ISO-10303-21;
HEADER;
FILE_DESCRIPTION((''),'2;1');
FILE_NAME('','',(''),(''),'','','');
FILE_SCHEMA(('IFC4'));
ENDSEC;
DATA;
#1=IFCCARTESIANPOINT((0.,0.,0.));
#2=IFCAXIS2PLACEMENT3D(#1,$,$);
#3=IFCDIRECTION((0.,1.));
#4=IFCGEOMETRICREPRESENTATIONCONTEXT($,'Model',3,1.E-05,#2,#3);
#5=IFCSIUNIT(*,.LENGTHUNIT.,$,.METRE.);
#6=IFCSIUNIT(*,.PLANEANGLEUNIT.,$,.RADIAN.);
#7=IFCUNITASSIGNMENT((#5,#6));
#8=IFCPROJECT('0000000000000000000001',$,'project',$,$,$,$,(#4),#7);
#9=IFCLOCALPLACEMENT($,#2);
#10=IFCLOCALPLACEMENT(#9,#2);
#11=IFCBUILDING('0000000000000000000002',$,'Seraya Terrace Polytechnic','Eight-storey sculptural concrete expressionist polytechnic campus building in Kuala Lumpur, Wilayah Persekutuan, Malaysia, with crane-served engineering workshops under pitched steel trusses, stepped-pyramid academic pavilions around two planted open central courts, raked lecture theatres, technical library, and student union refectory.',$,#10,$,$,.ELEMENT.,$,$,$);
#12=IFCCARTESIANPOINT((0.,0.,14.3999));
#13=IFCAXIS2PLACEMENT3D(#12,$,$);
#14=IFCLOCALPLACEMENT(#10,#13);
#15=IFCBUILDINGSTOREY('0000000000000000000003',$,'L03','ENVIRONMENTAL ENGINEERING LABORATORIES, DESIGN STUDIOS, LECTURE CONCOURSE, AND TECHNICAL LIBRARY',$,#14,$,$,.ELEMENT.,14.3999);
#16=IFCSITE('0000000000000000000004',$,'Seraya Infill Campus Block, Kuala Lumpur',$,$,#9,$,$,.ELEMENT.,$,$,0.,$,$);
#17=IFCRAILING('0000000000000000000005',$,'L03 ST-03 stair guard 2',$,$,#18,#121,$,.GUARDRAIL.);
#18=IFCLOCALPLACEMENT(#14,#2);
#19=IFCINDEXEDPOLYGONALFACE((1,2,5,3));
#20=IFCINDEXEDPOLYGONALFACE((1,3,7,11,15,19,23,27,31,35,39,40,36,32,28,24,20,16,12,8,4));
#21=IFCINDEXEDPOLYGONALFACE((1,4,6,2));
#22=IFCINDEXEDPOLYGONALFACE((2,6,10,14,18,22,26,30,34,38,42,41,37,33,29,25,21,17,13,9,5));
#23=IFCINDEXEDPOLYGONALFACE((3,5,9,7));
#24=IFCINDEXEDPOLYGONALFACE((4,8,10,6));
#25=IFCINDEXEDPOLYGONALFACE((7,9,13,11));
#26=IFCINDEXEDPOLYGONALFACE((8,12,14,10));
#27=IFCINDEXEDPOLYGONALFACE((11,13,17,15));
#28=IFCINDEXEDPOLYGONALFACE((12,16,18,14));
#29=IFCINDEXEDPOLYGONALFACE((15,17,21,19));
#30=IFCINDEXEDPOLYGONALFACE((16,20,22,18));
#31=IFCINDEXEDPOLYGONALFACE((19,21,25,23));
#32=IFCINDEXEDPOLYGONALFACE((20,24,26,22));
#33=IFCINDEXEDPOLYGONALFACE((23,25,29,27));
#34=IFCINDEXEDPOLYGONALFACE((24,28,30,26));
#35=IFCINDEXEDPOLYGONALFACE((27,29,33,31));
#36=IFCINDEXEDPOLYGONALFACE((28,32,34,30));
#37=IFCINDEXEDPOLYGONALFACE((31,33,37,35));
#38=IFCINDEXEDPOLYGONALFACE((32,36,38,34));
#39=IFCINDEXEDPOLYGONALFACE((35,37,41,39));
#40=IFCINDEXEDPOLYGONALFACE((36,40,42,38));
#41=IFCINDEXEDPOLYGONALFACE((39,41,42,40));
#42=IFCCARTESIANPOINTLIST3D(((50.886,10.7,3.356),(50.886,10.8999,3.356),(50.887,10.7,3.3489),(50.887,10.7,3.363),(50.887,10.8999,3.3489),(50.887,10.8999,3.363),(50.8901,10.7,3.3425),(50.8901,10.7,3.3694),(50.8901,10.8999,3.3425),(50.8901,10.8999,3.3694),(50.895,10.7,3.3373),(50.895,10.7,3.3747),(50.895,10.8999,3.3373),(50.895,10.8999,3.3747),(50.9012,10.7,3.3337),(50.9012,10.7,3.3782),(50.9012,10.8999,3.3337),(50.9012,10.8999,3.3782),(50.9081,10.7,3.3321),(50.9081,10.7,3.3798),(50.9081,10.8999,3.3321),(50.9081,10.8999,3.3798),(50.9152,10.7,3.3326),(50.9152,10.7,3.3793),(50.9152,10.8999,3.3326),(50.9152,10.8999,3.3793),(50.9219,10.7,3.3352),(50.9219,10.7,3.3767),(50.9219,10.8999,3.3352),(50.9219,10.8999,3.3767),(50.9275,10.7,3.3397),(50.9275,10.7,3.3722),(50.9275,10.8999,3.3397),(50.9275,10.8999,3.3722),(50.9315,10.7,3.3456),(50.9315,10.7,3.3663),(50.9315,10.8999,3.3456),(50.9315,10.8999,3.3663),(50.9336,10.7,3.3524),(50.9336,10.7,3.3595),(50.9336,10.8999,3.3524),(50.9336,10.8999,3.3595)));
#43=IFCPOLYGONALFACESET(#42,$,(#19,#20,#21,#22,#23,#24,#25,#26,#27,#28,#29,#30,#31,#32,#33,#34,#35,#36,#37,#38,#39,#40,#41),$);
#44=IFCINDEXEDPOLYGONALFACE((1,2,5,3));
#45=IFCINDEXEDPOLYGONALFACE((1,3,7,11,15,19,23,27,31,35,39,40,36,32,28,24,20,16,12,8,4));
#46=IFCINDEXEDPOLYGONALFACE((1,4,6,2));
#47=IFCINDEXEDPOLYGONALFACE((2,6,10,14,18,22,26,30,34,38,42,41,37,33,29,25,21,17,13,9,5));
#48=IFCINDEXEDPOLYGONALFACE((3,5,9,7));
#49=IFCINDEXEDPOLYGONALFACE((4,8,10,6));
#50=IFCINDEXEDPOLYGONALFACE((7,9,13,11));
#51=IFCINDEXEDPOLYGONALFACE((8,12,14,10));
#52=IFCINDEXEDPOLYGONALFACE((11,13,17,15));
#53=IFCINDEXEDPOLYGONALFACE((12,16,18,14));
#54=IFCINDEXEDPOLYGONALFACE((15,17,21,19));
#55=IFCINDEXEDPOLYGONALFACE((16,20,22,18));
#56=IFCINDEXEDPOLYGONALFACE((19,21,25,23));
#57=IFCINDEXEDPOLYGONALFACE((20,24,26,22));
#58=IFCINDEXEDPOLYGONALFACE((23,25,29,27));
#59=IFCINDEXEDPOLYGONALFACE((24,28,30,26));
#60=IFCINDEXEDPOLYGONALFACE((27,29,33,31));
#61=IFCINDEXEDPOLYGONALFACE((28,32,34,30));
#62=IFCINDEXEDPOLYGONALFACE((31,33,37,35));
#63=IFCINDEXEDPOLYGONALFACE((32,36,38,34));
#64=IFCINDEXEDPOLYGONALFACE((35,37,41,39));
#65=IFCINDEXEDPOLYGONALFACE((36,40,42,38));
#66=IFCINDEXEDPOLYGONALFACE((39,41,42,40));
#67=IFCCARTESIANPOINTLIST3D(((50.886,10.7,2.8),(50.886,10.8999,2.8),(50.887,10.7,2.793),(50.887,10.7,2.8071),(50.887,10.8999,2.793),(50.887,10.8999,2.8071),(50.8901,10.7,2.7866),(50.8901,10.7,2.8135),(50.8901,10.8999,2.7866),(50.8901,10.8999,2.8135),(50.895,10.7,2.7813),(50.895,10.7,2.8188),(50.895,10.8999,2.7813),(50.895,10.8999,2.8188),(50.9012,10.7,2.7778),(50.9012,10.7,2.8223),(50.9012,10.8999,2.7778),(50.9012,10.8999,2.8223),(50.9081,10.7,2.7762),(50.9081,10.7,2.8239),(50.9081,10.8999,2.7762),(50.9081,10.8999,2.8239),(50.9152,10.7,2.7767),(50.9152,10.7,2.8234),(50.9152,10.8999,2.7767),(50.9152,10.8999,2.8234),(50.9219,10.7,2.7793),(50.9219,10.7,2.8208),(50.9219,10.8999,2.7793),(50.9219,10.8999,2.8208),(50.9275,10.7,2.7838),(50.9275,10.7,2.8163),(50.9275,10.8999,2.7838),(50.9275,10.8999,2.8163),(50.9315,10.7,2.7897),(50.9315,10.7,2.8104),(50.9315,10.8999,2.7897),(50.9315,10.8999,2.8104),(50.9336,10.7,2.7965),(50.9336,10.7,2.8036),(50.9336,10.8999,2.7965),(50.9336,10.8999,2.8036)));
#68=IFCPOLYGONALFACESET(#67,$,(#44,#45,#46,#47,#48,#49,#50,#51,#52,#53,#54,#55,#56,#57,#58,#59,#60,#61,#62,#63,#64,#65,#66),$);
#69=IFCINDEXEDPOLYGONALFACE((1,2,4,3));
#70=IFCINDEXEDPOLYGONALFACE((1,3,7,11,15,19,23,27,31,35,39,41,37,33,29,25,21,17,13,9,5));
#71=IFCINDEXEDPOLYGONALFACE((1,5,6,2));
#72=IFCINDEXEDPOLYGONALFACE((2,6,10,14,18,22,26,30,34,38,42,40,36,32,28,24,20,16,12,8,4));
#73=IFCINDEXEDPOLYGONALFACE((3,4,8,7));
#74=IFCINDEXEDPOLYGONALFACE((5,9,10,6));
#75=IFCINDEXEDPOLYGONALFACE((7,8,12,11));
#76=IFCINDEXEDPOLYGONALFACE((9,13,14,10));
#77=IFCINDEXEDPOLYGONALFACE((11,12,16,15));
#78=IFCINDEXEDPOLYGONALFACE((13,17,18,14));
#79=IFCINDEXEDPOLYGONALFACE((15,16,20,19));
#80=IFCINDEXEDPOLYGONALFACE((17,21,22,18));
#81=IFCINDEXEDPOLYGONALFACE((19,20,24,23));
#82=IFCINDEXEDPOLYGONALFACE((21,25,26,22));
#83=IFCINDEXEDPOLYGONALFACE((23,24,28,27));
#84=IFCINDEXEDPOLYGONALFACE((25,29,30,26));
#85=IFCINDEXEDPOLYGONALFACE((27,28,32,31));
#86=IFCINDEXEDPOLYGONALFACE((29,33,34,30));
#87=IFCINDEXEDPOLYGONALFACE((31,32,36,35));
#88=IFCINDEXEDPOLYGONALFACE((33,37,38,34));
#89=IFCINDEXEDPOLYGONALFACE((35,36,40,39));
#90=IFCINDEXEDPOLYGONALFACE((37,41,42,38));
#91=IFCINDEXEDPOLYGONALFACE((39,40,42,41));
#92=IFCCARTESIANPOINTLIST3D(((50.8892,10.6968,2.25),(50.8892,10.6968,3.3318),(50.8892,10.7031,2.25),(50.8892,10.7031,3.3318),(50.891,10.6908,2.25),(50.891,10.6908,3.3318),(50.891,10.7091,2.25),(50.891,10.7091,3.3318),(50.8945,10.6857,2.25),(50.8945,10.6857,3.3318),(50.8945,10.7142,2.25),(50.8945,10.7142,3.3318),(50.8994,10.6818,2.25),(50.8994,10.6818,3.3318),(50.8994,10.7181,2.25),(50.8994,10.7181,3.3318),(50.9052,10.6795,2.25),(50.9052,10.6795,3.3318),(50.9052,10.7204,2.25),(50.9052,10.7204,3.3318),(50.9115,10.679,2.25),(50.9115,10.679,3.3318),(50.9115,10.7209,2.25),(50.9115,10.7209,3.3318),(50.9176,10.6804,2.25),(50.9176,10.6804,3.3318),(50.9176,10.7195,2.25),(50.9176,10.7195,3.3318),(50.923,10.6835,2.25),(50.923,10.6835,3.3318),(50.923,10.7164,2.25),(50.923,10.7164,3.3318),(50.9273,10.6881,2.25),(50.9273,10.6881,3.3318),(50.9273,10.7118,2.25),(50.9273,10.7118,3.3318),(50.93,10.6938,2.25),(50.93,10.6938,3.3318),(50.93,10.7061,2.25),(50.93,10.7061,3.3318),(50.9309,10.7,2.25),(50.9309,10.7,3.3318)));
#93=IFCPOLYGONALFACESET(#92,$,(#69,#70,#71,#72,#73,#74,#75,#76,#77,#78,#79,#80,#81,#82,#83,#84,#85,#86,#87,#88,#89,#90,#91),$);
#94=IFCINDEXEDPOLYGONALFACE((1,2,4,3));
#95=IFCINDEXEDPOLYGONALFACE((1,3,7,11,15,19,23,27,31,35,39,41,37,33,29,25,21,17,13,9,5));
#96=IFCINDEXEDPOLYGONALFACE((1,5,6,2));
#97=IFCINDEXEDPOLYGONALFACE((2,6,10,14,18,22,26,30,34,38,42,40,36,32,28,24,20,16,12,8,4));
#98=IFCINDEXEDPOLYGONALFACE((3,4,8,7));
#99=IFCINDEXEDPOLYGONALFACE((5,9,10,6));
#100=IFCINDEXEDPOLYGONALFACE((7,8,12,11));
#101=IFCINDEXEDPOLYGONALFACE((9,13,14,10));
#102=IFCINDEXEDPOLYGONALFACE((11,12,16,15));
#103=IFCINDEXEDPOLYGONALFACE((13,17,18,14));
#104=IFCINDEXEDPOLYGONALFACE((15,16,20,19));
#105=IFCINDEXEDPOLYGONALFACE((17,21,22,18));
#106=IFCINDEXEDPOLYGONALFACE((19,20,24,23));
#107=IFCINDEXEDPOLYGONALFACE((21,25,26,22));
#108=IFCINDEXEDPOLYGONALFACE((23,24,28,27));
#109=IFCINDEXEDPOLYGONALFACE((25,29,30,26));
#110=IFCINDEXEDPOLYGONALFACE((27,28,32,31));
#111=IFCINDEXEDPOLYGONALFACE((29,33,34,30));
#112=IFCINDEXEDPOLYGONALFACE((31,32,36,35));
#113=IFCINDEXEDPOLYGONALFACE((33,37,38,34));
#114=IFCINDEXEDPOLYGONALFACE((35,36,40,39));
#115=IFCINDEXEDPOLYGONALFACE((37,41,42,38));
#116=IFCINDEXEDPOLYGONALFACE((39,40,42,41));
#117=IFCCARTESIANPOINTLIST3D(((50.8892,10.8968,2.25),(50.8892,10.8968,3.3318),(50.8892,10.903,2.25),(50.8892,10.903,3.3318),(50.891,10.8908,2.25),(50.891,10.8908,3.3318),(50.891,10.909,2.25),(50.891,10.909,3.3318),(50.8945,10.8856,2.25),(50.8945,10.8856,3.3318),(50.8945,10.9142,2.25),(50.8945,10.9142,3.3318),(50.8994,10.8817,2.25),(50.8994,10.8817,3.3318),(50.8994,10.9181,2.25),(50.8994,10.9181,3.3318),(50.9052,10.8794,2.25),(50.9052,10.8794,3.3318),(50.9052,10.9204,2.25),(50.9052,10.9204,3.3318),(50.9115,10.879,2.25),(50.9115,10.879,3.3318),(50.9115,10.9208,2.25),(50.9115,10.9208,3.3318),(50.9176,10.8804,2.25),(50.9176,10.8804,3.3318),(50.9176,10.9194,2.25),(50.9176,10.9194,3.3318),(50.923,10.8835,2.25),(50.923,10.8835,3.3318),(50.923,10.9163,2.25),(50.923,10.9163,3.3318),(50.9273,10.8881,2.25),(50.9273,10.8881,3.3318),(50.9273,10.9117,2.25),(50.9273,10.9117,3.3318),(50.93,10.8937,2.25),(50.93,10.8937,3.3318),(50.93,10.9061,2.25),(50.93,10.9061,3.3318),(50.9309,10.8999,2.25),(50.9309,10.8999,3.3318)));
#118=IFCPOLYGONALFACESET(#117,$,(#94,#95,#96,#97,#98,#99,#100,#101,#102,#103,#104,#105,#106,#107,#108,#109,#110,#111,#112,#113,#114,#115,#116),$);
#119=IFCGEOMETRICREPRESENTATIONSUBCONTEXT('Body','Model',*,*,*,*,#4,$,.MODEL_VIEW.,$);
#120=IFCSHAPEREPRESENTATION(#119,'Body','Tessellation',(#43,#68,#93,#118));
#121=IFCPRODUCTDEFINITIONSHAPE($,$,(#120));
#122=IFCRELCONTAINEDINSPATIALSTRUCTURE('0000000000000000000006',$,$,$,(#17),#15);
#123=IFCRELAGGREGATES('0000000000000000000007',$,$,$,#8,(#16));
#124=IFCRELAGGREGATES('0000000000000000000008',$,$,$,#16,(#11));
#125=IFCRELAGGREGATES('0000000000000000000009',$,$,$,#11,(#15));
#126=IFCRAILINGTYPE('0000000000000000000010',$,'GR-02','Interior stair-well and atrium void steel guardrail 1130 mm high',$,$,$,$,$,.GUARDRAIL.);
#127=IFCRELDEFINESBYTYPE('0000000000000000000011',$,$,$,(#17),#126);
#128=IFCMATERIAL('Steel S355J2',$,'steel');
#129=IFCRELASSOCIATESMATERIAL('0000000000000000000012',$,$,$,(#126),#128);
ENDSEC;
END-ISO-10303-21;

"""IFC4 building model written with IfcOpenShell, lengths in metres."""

from ifc_helpers import new_model, si_unit, direction, frame, origin, origin_2d, place, context, subcontext, project, spatial, circle, extrude, material, type_object, element, save


model = new_model("IFC4")

# Units and contexts
model_context = context("Model", 3, precision=1e-05, world=origin(), true_north=direction((0.0, 1.0)))
body_context = subcontext(model_context, "Body", "Model", "MODEL_VIEW")
ifc_project = project(units=[si_unit("LENGTHUNIT", "METRE"), si_unit("PLANEANGLEUNIT", "RADIAN")], contexts=[model_context])

# Site, building, storey
site_placement = place(None, origin())
site = spatial("IfcSite", under=ifc_project, at=site_placement, Name="Seraya Infill Campus Block, Kuala Lumpur", CompositionType="ELEMENT", RefElevation=0.0)
building_placement = place(site_placement, origin())
building = spatial("IfcBuilding", under=site, at=building_placement, Name="Seraya Terrace Polytechnic", Description="Eight-storey sculptural concrete expressionist polytechnic campus building in Kuala Lumpur, Wilayah Persekutuan, Malaysia, with crane-served engineering workshops under pitched steel trusses, stepped-pyramid academic pavilions around two planted open central courts, raked lecture theatres, technical library, and student union refectory.", CompositionType="ELEMENT")
storey_placement = place(building_placement, frame((0.0, 0.0, 14.3999)))
storey = spatial("IfcBuildingStorey", under=building, at=storey_placement, Name="L03", Description="ENVIRONMENTAL ENGINEERING LABORATORIES, DESIGN STUDIOS, LECTURE CONCOURSE, AND TECHNICAL LIBRARY", CompositionType="ELEMENT", Elevation=14.3999)

# Shared definitions
ifc_material_1 = material(Name="Steel S355J2", Category="steel")

# Railing
railing_type_1 = type_object("IfcRailingType", Name="GR-02", Description="Interior stair-well and atrium void steel guardrail 1130 mm high", PredefinedType="GUARDRAIL", material=ifc_material_1)
railing_1_placement = place(storey_placement, frame((50.9099, 10.7, 2.25)))
element("IfcRailing", 1, at=railing_1_placement, inside=storey, type_object=railing_type_1, Name="L03 ST-03 stair guard 2", PredefinedType="GUARDRAIL", context=body_context, shape_type="SweptSolid", body=[
    extrude(circle(Radius=0.0239, at=origin_2d()), frame((0.0, 0.0, 1.106), z_axis=(0.0, 1.0, 0.0), x_axis=(-1.0, 0.0, 0.0)), (0.0, 0.0, 1.0), 0.2),
    extrude(circle(Radius=0.0239, at=origin_2d()), frame((0.0, 0.0, 0.55), z_axis=(0.0, 1.0, 0.0), x_axis=(-1.0, 0.0, 0.0)), (0.0, 0.0, 1.0), 0.2),
    extrude(circle(Radius=0.021, at=origin_2d()), origin(), (0.0, 0.0, 1.0), 1.0818),
    extrude(circle(Radius=0.021, at=origin_2d()), frame((0.0, 0.2, 0.0)), (0.0, 0.0, 1.0), 1.0818),
])

save(model, "model.ifc")
